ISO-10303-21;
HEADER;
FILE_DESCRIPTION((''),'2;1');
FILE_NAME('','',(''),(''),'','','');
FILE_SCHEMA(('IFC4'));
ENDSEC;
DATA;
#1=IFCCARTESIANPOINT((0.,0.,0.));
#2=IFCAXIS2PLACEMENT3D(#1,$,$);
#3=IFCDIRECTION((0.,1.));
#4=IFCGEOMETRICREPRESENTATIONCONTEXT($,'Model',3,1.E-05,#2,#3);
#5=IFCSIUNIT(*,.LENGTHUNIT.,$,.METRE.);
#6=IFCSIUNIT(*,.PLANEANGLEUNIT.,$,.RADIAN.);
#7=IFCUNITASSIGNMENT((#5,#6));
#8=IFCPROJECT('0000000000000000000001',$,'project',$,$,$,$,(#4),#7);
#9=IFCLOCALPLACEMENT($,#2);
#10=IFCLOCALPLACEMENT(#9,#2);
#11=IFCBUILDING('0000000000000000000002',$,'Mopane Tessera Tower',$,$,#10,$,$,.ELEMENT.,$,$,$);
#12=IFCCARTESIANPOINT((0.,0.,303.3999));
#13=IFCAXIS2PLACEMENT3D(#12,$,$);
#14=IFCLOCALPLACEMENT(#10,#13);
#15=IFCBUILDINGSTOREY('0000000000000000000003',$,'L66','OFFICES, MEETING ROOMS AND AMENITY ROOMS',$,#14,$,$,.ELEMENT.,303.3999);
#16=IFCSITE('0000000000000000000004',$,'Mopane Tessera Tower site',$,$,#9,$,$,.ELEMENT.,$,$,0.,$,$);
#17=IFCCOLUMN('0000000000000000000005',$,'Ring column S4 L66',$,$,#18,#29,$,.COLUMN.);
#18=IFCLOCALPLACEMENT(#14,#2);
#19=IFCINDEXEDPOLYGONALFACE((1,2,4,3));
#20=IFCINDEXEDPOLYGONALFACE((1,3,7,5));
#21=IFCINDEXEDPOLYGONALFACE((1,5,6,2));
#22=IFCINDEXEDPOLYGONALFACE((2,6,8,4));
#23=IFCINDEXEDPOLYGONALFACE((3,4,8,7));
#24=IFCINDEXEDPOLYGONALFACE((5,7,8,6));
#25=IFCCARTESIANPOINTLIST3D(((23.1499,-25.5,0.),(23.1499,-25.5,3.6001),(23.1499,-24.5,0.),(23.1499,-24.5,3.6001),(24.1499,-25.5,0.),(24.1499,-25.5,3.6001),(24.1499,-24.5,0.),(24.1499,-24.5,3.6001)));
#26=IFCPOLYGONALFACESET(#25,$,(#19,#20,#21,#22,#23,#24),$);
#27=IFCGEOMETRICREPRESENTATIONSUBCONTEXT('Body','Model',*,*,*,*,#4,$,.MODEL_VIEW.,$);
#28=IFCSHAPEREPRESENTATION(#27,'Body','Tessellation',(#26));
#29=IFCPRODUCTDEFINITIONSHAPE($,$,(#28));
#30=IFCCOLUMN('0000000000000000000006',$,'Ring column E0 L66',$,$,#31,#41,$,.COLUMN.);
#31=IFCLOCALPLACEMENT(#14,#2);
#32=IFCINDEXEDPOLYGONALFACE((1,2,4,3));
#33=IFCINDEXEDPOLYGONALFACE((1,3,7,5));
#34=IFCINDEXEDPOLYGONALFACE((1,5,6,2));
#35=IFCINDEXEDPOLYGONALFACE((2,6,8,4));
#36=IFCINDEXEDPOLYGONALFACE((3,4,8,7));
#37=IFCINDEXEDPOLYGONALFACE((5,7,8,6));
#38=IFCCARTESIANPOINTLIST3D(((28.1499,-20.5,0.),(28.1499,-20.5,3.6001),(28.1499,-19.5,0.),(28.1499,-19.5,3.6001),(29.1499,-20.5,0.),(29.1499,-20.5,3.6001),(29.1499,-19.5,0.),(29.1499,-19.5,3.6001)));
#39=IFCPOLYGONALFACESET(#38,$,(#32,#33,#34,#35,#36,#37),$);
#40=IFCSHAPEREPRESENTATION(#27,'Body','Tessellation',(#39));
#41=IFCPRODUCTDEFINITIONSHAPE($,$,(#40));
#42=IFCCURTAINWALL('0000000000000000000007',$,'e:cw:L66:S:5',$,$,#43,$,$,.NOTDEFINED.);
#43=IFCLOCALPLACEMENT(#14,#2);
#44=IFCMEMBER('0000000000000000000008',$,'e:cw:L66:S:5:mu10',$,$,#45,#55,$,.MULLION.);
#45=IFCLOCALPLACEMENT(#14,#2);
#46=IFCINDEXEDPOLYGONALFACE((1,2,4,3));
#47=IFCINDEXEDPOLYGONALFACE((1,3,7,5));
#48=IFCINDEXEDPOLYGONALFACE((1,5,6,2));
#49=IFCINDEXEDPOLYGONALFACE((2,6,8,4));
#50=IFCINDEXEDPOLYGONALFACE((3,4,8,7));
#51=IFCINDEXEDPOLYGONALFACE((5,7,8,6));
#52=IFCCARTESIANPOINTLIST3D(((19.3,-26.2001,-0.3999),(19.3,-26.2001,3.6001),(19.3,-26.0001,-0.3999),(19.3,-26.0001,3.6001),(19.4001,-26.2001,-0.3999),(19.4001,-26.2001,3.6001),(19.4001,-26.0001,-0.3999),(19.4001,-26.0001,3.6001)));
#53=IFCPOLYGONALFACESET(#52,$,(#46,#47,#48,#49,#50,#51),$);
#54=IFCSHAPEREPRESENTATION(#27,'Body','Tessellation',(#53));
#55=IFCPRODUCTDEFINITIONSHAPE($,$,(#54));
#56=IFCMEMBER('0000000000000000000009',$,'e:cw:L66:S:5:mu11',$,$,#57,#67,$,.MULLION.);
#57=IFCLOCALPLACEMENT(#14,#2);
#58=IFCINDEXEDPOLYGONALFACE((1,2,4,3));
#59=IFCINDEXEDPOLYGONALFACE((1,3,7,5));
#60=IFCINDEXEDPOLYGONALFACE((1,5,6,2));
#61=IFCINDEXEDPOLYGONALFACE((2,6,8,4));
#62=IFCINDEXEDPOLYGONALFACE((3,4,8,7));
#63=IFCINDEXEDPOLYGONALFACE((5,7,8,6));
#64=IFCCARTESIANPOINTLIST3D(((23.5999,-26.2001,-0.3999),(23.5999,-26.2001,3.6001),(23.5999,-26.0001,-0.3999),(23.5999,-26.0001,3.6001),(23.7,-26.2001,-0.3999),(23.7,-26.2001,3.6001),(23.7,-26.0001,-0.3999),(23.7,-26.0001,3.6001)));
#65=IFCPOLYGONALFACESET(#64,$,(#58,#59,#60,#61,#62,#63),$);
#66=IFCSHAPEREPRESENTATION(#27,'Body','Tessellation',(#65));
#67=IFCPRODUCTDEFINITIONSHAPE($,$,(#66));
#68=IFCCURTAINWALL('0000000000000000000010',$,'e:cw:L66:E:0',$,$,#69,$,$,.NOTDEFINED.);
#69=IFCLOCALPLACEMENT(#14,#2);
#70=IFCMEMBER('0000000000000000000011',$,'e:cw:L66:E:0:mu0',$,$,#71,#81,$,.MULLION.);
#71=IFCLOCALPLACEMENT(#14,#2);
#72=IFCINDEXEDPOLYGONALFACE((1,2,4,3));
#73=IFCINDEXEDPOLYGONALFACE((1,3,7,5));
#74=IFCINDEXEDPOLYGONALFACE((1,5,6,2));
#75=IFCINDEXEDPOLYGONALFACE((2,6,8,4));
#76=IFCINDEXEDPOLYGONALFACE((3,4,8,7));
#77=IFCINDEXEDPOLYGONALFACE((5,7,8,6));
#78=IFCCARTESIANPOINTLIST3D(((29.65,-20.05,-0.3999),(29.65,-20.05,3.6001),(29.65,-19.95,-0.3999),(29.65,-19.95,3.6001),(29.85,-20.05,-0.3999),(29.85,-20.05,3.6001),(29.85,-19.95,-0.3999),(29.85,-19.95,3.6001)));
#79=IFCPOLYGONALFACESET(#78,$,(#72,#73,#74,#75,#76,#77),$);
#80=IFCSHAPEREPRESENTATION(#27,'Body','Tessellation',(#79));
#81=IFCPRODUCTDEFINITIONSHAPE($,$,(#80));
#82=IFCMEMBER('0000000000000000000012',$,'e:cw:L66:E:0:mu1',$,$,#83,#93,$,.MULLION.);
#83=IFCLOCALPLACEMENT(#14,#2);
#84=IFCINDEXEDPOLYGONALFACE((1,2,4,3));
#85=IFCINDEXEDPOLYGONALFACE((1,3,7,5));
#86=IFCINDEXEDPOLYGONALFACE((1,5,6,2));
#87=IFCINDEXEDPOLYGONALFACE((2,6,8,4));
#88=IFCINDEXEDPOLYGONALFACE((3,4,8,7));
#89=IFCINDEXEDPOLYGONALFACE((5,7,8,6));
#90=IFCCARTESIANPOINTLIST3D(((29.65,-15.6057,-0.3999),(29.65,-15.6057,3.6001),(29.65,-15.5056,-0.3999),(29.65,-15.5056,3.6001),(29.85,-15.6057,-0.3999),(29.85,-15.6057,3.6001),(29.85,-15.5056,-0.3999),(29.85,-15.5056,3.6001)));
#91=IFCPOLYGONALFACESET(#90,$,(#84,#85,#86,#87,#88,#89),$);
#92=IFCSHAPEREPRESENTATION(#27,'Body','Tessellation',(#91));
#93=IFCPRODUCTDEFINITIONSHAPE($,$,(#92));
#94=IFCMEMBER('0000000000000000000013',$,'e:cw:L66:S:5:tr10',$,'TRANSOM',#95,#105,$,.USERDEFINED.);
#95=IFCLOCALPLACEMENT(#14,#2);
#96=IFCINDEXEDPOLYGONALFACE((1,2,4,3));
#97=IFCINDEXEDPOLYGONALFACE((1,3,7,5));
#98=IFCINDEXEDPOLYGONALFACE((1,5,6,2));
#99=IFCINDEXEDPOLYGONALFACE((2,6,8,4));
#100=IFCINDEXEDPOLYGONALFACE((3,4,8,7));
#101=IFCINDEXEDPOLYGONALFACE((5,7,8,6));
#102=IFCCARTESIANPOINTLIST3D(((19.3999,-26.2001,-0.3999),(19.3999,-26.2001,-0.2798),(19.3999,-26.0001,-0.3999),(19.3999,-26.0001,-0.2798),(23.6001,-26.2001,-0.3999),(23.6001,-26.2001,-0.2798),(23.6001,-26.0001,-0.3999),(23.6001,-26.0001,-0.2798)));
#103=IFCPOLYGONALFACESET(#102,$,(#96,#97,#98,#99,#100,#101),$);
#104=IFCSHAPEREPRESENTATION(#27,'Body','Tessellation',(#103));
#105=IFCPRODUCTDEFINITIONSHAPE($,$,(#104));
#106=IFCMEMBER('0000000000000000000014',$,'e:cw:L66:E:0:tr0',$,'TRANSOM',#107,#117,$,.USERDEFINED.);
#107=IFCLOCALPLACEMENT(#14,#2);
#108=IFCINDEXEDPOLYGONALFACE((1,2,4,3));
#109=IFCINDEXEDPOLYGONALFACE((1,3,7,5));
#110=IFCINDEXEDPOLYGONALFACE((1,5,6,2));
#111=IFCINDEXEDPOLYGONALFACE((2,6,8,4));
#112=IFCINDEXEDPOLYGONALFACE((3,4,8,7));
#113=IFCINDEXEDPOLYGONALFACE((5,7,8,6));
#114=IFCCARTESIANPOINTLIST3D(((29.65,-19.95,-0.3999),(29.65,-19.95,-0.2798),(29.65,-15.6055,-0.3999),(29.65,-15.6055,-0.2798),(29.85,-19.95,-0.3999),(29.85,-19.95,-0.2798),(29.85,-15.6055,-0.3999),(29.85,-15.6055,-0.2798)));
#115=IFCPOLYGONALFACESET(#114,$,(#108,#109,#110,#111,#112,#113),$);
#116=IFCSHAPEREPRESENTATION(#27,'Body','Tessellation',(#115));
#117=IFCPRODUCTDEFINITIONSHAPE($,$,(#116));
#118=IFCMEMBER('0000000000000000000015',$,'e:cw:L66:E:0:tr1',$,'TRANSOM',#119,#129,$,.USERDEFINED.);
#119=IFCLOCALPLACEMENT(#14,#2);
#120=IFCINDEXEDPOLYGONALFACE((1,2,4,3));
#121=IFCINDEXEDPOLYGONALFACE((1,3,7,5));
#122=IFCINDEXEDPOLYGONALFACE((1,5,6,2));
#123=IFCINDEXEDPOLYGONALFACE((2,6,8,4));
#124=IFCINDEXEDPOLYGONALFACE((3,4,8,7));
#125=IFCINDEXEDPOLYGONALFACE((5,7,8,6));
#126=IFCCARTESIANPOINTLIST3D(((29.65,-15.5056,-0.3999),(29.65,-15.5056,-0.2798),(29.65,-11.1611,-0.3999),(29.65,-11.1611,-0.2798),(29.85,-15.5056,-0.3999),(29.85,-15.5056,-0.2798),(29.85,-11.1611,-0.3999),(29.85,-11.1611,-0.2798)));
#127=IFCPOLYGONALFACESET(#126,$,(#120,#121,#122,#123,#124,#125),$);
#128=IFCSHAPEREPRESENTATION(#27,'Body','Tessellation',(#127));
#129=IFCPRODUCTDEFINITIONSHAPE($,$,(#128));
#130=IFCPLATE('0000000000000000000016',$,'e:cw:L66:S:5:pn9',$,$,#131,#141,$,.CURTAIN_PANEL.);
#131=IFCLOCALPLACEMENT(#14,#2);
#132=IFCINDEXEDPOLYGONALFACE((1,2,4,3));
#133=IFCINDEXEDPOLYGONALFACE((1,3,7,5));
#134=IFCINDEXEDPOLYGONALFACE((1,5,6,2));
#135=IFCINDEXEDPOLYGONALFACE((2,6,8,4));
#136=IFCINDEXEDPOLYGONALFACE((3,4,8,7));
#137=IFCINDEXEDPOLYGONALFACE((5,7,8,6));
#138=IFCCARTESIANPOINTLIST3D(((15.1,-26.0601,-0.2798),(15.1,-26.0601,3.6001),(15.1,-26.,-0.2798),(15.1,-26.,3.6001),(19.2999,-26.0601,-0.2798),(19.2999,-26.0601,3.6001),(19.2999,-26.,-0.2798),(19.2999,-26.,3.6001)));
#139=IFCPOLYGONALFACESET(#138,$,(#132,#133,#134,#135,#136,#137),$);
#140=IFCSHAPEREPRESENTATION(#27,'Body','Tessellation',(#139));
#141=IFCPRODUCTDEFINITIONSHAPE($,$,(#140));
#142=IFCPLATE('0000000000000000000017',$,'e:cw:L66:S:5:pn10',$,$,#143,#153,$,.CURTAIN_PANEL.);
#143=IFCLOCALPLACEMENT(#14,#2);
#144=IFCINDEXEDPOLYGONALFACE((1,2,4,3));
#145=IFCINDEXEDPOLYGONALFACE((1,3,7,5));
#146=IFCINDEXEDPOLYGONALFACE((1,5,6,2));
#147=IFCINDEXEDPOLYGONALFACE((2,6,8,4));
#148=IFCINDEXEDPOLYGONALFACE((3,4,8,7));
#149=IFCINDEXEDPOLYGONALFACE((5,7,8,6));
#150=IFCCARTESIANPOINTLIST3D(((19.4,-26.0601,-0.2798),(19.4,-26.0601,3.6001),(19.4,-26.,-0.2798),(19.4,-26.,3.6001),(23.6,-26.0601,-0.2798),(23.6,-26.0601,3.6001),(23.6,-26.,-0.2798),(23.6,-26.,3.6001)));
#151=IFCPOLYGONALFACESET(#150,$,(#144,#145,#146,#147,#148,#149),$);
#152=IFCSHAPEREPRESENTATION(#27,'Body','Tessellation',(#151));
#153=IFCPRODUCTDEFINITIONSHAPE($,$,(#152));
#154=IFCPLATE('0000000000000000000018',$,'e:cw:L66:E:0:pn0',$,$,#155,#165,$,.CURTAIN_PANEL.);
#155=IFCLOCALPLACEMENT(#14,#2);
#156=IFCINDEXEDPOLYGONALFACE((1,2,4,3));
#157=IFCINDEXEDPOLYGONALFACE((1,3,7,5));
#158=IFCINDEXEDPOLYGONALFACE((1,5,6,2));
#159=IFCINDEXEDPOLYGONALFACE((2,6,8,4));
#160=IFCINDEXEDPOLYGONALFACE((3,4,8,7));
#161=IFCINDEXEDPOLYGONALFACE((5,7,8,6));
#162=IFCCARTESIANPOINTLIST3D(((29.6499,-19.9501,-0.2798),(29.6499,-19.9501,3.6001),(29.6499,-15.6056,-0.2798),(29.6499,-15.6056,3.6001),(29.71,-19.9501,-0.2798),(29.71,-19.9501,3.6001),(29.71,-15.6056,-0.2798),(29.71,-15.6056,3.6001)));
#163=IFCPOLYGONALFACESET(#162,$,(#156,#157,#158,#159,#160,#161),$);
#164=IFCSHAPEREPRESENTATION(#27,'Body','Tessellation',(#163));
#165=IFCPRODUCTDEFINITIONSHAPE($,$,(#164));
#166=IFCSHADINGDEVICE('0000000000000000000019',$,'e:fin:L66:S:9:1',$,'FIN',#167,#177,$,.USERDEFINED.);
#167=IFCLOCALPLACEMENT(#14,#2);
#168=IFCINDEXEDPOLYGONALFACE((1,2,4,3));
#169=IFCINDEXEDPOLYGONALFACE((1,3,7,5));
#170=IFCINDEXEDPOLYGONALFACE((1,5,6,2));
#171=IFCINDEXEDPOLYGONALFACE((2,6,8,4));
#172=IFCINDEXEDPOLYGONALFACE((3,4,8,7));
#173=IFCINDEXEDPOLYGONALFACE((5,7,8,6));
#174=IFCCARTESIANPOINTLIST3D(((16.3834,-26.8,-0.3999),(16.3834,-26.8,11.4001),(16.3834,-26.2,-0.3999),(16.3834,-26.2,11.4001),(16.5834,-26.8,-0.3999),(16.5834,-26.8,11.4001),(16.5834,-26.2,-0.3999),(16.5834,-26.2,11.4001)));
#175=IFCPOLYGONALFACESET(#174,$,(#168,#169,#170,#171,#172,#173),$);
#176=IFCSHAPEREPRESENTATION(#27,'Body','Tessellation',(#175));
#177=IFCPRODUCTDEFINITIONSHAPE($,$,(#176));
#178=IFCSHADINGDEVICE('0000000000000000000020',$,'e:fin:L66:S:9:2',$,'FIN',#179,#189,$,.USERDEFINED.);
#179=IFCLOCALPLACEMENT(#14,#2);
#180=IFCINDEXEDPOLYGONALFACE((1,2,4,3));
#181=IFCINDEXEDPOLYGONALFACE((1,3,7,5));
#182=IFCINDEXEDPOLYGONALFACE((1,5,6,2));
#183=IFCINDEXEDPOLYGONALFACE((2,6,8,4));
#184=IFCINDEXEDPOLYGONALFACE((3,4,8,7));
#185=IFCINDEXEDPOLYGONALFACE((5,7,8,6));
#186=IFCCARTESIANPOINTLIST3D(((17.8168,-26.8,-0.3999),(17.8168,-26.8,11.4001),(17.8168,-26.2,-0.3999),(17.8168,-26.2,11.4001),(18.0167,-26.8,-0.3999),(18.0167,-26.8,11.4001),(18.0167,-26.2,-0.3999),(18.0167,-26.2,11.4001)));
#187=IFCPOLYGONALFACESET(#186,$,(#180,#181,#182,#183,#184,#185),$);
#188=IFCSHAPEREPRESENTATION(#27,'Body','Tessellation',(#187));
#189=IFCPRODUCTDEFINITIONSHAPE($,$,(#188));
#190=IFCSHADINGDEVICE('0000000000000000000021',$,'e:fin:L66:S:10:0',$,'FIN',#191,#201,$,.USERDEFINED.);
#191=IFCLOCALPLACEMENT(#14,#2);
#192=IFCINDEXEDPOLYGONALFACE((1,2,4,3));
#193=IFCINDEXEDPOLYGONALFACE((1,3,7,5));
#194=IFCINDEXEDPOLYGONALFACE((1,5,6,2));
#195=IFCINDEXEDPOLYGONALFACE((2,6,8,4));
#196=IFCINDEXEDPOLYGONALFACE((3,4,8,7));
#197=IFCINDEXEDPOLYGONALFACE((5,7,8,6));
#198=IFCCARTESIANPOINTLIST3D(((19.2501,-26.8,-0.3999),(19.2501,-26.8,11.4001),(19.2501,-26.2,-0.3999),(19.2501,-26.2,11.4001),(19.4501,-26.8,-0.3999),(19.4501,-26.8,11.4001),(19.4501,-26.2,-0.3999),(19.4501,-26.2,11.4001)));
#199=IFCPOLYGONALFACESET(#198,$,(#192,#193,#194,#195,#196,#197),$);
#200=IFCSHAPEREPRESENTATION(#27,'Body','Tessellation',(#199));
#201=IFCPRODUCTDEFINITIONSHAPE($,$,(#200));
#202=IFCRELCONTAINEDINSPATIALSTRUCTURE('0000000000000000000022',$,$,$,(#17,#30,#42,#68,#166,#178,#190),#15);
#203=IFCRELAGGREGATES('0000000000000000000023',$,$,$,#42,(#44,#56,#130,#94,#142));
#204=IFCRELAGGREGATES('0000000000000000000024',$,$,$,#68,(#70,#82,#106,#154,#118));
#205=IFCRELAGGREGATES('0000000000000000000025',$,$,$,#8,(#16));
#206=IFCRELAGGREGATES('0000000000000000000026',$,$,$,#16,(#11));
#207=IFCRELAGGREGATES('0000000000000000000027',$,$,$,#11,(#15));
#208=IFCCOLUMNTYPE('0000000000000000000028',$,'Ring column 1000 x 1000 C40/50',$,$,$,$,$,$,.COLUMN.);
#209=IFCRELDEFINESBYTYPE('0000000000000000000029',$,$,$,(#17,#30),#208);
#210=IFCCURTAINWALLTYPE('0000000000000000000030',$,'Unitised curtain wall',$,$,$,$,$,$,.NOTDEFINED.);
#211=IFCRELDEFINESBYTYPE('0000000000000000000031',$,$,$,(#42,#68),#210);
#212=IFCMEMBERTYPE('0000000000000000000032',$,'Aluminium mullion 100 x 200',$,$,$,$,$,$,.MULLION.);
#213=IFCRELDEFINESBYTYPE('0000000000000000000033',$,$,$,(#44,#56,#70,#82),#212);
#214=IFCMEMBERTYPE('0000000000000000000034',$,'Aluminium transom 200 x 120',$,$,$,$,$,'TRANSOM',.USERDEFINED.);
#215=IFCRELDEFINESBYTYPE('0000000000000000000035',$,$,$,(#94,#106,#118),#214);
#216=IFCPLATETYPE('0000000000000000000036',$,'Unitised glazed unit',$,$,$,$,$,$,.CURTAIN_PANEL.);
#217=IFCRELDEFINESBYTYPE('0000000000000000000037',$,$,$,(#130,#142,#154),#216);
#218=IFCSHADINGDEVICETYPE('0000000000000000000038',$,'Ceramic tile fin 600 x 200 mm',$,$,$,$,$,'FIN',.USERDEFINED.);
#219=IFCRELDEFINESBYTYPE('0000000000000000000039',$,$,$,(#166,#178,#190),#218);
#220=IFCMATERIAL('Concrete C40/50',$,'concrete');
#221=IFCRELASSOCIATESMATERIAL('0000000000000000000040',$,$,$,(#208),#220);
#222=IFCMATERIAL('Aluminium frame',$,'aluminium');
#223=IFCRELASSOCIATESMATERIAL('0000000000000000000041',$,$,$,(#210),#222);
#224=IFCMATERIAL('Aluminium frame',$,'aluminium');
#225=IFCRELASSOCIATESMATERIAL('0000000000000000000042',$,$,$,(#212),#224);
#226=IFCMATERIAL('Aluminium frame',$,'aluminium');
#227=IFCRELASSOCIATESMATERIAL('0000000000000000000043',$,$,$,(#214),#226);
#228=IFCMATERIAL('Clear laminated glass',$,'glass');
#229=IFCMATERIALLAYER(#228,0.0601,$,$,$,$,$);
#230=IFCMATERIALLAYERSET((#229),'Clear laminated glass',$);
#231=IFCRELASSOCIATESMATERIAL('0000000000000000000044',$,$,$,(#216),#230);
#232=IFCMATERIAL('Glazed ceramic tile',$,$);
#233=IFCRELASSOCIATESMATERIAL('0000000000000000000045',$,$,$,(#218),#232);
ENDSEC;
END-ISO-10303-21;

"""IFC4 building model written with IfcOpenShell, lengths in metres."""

from ifc_helpers import new_model, si_unit, direction, frame, origin, origin_2d, place, context, subcontext, project, spatial, rectangle, extrude, material, layer, layer_set, material_profile, profile_set, type_object, element, aggregate, save


model = new_model("IFC4")

# Units and contexts
model_context = context("Model", 3, precision=1e-05, world=origin(), true_north=direction((0.0, 1.0)))
body_context = subcontext(model_context, "Body", "Model", "MODEL_VIEW")
ifc_project = project(units=[si_unit("LENGTHUNIT", "METRE"), si_unit("PLANEANGLEUNIT", "RADIAN")], contexts=[model_context])

# Site, building, storey
site_placement = place(None, origin())
site = spatial("IfcSite", under=ifc_project, at=site_placement, Name="Mopane Tessera Tower site", CompositionType="ELEMENT", RefElevation=0.0)
building_placement = place(site_placement, origin())
building = spatial("IfcBuilding", under=site, at=building_placement, Name="Mopane Tessera Tower", CompositionType="ELEMENT")
storey_placement = place(building_placement, frame((0.0, 0.0, 303.3999)))
storey = spatial("IfcBuildingStorey", under=building, at=storey_placement, Name="L66", Description="OFFICES, MEETING ROOMS AND AMENITY ROOMS", CompositionType="ELEMENT", Elevation=303.3999)

# Columns
ifc_material_1 = material(Name="Concrete C40/50", Category="concrete")
ifc_material_profile_1 = material_profile(ifc_material_1, rectangle(XDim=1.0, YDim=1.0, at=origin_2d()))
ifc_profile_set_1 = profile_set([ifc_material_profile_1], Name="Concrete C40/50")
column_type = type_object("IfcColumnType", Name="Ring column 1000 x 1000 C40/50", PredefinedType="COLUMN", material=ifc_profile_set_1)
for number, where, z_axis, x_axis, name in (
    (1, (23.6499, -25.0, 0.0), (0.0, 0.0, 1.0), (1.0, 0.0, 0.0), "Ring column S4 L66"),
    (2, (28.6499, -20.0, 0.0), (0.0, 0.0, 1.0), (1.0, 0.0, 0.0), "Ring column E0 L66"),
):
    element("IfcColumn", number, at=place(storey_placement, frame(where, z_axis=z_axis, x_axis=x_axis)), inside=storey, type_object=column_type, Name=name, PredefinedType="COLUMN", context=body_context, shape_type="SweptSolid", body=[
        extrude(rectangle(XDim=1.0, YDim=1.0, at=origin_2d()), origin(), (0.0, 0.0, 1.0), 3.6001),
    ])

# Curtain walls, members
ifc_material_2 = material(Name="Aluminium frame", Category="aluminium")
curtain_wall_type = type_object("IfcCurtainWallType", Name="Unitised curtain wall", PredefinedType="NOTDEFINED", material=ifc_material_2)
curtain_wall_1_placement = place(storey_placement, origin())
curtain_wall_1 = element("IfcCurtainWall", 3, at=curtain_wall_1_placement, inside=storey, type_object=curtain_wall_type, Name="e:cw:L66:S:5", PredefinedType="NOTDEFINED")
ifc_material_3 = material(Name="Aluminium frame", Category="aluminium")
ifc_material_profile_2 = material_profile(ifc_material_3, rectangle(XDim=0.1001, YDim=0.2, at=origin_2d()))
ifc_profile_set_2 = profile_set([ifc_material_profile_2], Name="Aluminium frame")
member_type_1 = type_object("IfcMemberType", Name="Aluminium mullion 100 x 200", PredefinedType="MULLION", material=ifc_profile_set_2)
member_1_placement = place(storey_placement, frame((19.3501, -26.1001, -0.3999), z_axis=(0.0, 0.0, 1.0), x_axis=(1.0, 0.0, 0.0)))
member_1 = element("IfcMember", 4, at=member_1_placement, type_object=member_type_1, Name="e:cw:L66:S:5:mu10", PredefinedType="MULLION", context=body_context, shape_type="SweptSolid", body=[
    extrude(rectangle(XDim=0.1001, YDim=0.2, at=origin_2d()), origin(), (0.0, 0.0, 1.0), 4.0),
])
member_2_placement = place(storey_placement, frame((23.6499, -26.1001, -0.3999), z_axis=(0.0, 0.0, 1.0), x_axis=(1.0, 0.0, 0.0)))
member_2 = element("IfcMember", 5, at=member_2_placement, type_object=member_type_1, Name="e:cw:L66:S:5:mu11", PredefinedType="MULLION", context=body_context, shape_type="SweptSolid", body=[
    extrude(rectangle(XDim=0.1001, YDim=0.2, at=origin_2d()), origin(), (0.0, 0.0, 1.0), 4.0),
])
curtain_wall_2_placement = place(storey_placement, origin())
curtain_wall_2 = element("IfcCurtainWall", 6, at=curtain_wall_2_placement, inside=storey, type_object=curtain_wall_type, Name="e:cw:L66:E:0", PredefinedType="NOTDEFINED")
member_3_placement = place(storey_placement, frame((29.75, -20.0, -0.3999), z_axis=(0.0, 0.0, 1.0), x_axis=(0.0, 1.0, 0.0)))
member_3 = element("IfcMember", 7, at=member_3_placement, type_object=member_type_1, Name="e:cw:L66:E:0:mu0", PredefinedType="MULLION", context=body_context, shape_type="SweptSolid", body=[
    extrude(rectangle(XDim=0.1001, YDim=0.2, at=origin_2d()), origin(), (0.0, 0.0, 1.0), 4.0),
])
member_4_placement = place(storey_placement, frame((29.75, -15.5557, -0.3999), z_axis=(0.0, 0.0, 1.0), x_axis=(0.0, 1.0, 0.0)))
member_4 = element("IfcMember", 8, at=member_4_placement, type_object=member_type_1, Name="e:cw:L66:E:0:mu1", PredefinedType="MULLION", context=body_context, shape_type="SweptSolid", body=[
    extrude(rectangle(XDim=0.1001, YDim=0.2, at=origin_2d()), origin(), (0.0, 0.0, 1.0), 4.0),
])

# Members
ifc_material_4 = material(Name="Aluminium frame", Category="aluminium")
ifc_material_profile_3 = material_profile(ifc_material_4, rectangle(XDim=0.2, YDim=0.1201, at=origin_2d()))
ifc_profile_set_3 = profile_set([ifc_material_profile_3], Name="Aluminium frame")
member_type_2 = type_object("IfcMemberType", Name="Aluminium transom 200 x 120", ElementType="TRANSOM", PredefinedType="USERDEFINED", material=ifc_profile_set_3)
member_5_placement = place(storey_placement, frame((19.3999, -26.1001, -0.3398), z_axis=(1.0, 0.0, 0.0), x_axis=(0.0, 1.0, 0.0)))
member_5 = element("IfcMember", 9, at=member_5_placement, type_object=member_type_2, Name="e:cw:L66:S:5:tr10", ObjectType="TRANSOM", PredefinedType="USERDEFINED", context=body_context, shape_type="SweptSolid", body=[
    extrude(rectangle(XDim=0.2, YDim=0.1201, at=origin_2d()), origin(), (0.0, 0.0, 1.0), 4.2002),
])
member_6_placement = place(storey_placement, frame((29.75, -19.95, -0.3398), z_axis=(0.0, 1.0, 0.0), x_axis=(-1.0, 0.0, 0.0)))
member_6 = element("IfcMember", 10, at=member_6_placement, type_object=member_type_2, Name="e:cw:L66:E:0:tr0", ObjectType="TRANSOM", PredefinedType="USERDEFINED", context=body_context, shape_type="SweptSolid", body=[
    extrude(rectangle(XDim=0.2, YDim=0.1201, at=origin_2d()), origin(), (0.0, 0.0, 1.0), 4.3445),
])
member_7_placement = place(storey_placement, frame((29.75, -15.5056, -0.3398), z_axis=(0.0, 1.0, 0.0), x_axis=(-1.0, 0.0, 0.0)))
member_7 = element("IfcMember", 11, at=member_7_placement, type_object=member_type_2, Name="e:cw:L66:E:0:tr1", ObjectType="TRANSOM", PredefinedType="USERDEFINED", context=body_context, shape_type="SweptSolid", body=[
    extrude(rectangle(XDim=0.2, YDim=0.1201, at=origin_2d()), origin(), (0.0, 0.0, 1.0), 4.3445),
])

# Plates
ifc_material_5 = material(Name="Clear laminated glass", Category="glass")
ifc_layer = layer(ifc_material_5, 0.0601)
ifc_layer_set = layer_set([ifc_layer], Name="Clear laminated glass")
plate_type = type_object("IfcPlateType", Name="Unitised glazed unit", PredefinedType="CURTAIN_PANEL", material=ifc_layer_set)
plate_1_placement = place(storey_placement, frame((17.2, -26.03, -0.2798), z_axis=(0.0, 0.0, 1.0), x_axis=(1.0, 0.0, 0.0)))
plate_1 = element("IfcPlate", 12, at=plate_1_placement, type_object=plate_type, Name="e:cw:L66:S:5:pn9", PredefinedType="CURTAIN_PANEL", context=body_context, shape_type="SweptSolid", body=[
    extrude(rectangle(XDim=4.2, YDim=0.0601, at=origin_2d()), origin(), (0.0, 0.0, 1.0), 3.8799),
])
plate_2_placement = place(storey_placement, frame((21.5, -26.03, -0.2798), z_axis=(0.0, 0.0, 1.0), x_axis=(1.0, 0.0, 0.0)))
plate_2 = element("IfcPlate", 13, at=plate_2_placement, type_object=plate_type, Name="e:cw:L66:S:5:pn10", PredefinedType="CURTAIN_PANEL", context=body_context, shape_type="SweptSolid", body=[
    extrude(rectangle(XDim=4.2, YDim=0.0601, at=origin_2d()), origin(), (0.0, 0.0, 1.0), 3.8799),
])
aggregate(curtain_wall_1, [member_1, member_2, plate_1, member_5, plate_2])
plate_3_placement = place(storey_placement, frame((29.6799, -17.7778, -0.2798), z_axis=(0.0, 0.0, 1.0), x_axis=(0.0, 1.0, 0.0)))
plate_3 = element("IfcPlate", 14, at=plate_3_placement, type_object=plate_type, Name="e:cw:L66:E:0:pn0", PredefinedType="CURTAIN_PANEL", context=body_context, shape_type="SweptSolid", body=[
    extrude(rectangle(XDim=4.3445, YDim=0.0601, at=origin_2d()), origin(), (0.0, 0.0, 1.0), 3.8799),
])
aggregate(curtain_wall_2, [member_3, member_4, member_6, plate_3, member_7])

# Shading devices
ifc_material_6 = material(Name="Glazed ceramic tile")
shading_device_type = type_object("IfcShadingDeviceType", Name="Ceramic tile fin 600 x 200 mm", ElementType="FIN", PredefinedType="USERDEFINED", material=ifc_material_6)
for number, where, z_axis, x_axis, name in (
    (15, (16.4834, -26.5, -0.3999), (0.0, 0.0, 1.0), (1.0, 0.0, 0.0), "e:fin:L66:S:9:1"),
    (16, (17.9167, -26.5, -0.3999), (0.0, 0.0, 1.0), (1.0, 0.0, 0.0), "e:fin:L66:S:9:2"),
    (17, (19.3501, -26.5, -0.3999), (0.0, 0.0, 1.0), (1.0, 0.0, 0.0), "e:fin:L66:S:10:0"),
):
    element("IfcShadingDevice", number, at=place(storey_placement, frame(where, z_axis=z_axis, x_axis=x_axis)), inside=storey, type_object=shading_device_type, Name=name, ObjectType="FIN", PredefinedType="USERDEFINED", context=body_context, shape_type="SweptSolid", body=[
        extrude(rectangle(XDim=0.2, YDim=0.6001, at=origin_2d()), origin(), (0.0, 0.0, 1.0), 11.8),
    ])

save(model, "model.ifc")
